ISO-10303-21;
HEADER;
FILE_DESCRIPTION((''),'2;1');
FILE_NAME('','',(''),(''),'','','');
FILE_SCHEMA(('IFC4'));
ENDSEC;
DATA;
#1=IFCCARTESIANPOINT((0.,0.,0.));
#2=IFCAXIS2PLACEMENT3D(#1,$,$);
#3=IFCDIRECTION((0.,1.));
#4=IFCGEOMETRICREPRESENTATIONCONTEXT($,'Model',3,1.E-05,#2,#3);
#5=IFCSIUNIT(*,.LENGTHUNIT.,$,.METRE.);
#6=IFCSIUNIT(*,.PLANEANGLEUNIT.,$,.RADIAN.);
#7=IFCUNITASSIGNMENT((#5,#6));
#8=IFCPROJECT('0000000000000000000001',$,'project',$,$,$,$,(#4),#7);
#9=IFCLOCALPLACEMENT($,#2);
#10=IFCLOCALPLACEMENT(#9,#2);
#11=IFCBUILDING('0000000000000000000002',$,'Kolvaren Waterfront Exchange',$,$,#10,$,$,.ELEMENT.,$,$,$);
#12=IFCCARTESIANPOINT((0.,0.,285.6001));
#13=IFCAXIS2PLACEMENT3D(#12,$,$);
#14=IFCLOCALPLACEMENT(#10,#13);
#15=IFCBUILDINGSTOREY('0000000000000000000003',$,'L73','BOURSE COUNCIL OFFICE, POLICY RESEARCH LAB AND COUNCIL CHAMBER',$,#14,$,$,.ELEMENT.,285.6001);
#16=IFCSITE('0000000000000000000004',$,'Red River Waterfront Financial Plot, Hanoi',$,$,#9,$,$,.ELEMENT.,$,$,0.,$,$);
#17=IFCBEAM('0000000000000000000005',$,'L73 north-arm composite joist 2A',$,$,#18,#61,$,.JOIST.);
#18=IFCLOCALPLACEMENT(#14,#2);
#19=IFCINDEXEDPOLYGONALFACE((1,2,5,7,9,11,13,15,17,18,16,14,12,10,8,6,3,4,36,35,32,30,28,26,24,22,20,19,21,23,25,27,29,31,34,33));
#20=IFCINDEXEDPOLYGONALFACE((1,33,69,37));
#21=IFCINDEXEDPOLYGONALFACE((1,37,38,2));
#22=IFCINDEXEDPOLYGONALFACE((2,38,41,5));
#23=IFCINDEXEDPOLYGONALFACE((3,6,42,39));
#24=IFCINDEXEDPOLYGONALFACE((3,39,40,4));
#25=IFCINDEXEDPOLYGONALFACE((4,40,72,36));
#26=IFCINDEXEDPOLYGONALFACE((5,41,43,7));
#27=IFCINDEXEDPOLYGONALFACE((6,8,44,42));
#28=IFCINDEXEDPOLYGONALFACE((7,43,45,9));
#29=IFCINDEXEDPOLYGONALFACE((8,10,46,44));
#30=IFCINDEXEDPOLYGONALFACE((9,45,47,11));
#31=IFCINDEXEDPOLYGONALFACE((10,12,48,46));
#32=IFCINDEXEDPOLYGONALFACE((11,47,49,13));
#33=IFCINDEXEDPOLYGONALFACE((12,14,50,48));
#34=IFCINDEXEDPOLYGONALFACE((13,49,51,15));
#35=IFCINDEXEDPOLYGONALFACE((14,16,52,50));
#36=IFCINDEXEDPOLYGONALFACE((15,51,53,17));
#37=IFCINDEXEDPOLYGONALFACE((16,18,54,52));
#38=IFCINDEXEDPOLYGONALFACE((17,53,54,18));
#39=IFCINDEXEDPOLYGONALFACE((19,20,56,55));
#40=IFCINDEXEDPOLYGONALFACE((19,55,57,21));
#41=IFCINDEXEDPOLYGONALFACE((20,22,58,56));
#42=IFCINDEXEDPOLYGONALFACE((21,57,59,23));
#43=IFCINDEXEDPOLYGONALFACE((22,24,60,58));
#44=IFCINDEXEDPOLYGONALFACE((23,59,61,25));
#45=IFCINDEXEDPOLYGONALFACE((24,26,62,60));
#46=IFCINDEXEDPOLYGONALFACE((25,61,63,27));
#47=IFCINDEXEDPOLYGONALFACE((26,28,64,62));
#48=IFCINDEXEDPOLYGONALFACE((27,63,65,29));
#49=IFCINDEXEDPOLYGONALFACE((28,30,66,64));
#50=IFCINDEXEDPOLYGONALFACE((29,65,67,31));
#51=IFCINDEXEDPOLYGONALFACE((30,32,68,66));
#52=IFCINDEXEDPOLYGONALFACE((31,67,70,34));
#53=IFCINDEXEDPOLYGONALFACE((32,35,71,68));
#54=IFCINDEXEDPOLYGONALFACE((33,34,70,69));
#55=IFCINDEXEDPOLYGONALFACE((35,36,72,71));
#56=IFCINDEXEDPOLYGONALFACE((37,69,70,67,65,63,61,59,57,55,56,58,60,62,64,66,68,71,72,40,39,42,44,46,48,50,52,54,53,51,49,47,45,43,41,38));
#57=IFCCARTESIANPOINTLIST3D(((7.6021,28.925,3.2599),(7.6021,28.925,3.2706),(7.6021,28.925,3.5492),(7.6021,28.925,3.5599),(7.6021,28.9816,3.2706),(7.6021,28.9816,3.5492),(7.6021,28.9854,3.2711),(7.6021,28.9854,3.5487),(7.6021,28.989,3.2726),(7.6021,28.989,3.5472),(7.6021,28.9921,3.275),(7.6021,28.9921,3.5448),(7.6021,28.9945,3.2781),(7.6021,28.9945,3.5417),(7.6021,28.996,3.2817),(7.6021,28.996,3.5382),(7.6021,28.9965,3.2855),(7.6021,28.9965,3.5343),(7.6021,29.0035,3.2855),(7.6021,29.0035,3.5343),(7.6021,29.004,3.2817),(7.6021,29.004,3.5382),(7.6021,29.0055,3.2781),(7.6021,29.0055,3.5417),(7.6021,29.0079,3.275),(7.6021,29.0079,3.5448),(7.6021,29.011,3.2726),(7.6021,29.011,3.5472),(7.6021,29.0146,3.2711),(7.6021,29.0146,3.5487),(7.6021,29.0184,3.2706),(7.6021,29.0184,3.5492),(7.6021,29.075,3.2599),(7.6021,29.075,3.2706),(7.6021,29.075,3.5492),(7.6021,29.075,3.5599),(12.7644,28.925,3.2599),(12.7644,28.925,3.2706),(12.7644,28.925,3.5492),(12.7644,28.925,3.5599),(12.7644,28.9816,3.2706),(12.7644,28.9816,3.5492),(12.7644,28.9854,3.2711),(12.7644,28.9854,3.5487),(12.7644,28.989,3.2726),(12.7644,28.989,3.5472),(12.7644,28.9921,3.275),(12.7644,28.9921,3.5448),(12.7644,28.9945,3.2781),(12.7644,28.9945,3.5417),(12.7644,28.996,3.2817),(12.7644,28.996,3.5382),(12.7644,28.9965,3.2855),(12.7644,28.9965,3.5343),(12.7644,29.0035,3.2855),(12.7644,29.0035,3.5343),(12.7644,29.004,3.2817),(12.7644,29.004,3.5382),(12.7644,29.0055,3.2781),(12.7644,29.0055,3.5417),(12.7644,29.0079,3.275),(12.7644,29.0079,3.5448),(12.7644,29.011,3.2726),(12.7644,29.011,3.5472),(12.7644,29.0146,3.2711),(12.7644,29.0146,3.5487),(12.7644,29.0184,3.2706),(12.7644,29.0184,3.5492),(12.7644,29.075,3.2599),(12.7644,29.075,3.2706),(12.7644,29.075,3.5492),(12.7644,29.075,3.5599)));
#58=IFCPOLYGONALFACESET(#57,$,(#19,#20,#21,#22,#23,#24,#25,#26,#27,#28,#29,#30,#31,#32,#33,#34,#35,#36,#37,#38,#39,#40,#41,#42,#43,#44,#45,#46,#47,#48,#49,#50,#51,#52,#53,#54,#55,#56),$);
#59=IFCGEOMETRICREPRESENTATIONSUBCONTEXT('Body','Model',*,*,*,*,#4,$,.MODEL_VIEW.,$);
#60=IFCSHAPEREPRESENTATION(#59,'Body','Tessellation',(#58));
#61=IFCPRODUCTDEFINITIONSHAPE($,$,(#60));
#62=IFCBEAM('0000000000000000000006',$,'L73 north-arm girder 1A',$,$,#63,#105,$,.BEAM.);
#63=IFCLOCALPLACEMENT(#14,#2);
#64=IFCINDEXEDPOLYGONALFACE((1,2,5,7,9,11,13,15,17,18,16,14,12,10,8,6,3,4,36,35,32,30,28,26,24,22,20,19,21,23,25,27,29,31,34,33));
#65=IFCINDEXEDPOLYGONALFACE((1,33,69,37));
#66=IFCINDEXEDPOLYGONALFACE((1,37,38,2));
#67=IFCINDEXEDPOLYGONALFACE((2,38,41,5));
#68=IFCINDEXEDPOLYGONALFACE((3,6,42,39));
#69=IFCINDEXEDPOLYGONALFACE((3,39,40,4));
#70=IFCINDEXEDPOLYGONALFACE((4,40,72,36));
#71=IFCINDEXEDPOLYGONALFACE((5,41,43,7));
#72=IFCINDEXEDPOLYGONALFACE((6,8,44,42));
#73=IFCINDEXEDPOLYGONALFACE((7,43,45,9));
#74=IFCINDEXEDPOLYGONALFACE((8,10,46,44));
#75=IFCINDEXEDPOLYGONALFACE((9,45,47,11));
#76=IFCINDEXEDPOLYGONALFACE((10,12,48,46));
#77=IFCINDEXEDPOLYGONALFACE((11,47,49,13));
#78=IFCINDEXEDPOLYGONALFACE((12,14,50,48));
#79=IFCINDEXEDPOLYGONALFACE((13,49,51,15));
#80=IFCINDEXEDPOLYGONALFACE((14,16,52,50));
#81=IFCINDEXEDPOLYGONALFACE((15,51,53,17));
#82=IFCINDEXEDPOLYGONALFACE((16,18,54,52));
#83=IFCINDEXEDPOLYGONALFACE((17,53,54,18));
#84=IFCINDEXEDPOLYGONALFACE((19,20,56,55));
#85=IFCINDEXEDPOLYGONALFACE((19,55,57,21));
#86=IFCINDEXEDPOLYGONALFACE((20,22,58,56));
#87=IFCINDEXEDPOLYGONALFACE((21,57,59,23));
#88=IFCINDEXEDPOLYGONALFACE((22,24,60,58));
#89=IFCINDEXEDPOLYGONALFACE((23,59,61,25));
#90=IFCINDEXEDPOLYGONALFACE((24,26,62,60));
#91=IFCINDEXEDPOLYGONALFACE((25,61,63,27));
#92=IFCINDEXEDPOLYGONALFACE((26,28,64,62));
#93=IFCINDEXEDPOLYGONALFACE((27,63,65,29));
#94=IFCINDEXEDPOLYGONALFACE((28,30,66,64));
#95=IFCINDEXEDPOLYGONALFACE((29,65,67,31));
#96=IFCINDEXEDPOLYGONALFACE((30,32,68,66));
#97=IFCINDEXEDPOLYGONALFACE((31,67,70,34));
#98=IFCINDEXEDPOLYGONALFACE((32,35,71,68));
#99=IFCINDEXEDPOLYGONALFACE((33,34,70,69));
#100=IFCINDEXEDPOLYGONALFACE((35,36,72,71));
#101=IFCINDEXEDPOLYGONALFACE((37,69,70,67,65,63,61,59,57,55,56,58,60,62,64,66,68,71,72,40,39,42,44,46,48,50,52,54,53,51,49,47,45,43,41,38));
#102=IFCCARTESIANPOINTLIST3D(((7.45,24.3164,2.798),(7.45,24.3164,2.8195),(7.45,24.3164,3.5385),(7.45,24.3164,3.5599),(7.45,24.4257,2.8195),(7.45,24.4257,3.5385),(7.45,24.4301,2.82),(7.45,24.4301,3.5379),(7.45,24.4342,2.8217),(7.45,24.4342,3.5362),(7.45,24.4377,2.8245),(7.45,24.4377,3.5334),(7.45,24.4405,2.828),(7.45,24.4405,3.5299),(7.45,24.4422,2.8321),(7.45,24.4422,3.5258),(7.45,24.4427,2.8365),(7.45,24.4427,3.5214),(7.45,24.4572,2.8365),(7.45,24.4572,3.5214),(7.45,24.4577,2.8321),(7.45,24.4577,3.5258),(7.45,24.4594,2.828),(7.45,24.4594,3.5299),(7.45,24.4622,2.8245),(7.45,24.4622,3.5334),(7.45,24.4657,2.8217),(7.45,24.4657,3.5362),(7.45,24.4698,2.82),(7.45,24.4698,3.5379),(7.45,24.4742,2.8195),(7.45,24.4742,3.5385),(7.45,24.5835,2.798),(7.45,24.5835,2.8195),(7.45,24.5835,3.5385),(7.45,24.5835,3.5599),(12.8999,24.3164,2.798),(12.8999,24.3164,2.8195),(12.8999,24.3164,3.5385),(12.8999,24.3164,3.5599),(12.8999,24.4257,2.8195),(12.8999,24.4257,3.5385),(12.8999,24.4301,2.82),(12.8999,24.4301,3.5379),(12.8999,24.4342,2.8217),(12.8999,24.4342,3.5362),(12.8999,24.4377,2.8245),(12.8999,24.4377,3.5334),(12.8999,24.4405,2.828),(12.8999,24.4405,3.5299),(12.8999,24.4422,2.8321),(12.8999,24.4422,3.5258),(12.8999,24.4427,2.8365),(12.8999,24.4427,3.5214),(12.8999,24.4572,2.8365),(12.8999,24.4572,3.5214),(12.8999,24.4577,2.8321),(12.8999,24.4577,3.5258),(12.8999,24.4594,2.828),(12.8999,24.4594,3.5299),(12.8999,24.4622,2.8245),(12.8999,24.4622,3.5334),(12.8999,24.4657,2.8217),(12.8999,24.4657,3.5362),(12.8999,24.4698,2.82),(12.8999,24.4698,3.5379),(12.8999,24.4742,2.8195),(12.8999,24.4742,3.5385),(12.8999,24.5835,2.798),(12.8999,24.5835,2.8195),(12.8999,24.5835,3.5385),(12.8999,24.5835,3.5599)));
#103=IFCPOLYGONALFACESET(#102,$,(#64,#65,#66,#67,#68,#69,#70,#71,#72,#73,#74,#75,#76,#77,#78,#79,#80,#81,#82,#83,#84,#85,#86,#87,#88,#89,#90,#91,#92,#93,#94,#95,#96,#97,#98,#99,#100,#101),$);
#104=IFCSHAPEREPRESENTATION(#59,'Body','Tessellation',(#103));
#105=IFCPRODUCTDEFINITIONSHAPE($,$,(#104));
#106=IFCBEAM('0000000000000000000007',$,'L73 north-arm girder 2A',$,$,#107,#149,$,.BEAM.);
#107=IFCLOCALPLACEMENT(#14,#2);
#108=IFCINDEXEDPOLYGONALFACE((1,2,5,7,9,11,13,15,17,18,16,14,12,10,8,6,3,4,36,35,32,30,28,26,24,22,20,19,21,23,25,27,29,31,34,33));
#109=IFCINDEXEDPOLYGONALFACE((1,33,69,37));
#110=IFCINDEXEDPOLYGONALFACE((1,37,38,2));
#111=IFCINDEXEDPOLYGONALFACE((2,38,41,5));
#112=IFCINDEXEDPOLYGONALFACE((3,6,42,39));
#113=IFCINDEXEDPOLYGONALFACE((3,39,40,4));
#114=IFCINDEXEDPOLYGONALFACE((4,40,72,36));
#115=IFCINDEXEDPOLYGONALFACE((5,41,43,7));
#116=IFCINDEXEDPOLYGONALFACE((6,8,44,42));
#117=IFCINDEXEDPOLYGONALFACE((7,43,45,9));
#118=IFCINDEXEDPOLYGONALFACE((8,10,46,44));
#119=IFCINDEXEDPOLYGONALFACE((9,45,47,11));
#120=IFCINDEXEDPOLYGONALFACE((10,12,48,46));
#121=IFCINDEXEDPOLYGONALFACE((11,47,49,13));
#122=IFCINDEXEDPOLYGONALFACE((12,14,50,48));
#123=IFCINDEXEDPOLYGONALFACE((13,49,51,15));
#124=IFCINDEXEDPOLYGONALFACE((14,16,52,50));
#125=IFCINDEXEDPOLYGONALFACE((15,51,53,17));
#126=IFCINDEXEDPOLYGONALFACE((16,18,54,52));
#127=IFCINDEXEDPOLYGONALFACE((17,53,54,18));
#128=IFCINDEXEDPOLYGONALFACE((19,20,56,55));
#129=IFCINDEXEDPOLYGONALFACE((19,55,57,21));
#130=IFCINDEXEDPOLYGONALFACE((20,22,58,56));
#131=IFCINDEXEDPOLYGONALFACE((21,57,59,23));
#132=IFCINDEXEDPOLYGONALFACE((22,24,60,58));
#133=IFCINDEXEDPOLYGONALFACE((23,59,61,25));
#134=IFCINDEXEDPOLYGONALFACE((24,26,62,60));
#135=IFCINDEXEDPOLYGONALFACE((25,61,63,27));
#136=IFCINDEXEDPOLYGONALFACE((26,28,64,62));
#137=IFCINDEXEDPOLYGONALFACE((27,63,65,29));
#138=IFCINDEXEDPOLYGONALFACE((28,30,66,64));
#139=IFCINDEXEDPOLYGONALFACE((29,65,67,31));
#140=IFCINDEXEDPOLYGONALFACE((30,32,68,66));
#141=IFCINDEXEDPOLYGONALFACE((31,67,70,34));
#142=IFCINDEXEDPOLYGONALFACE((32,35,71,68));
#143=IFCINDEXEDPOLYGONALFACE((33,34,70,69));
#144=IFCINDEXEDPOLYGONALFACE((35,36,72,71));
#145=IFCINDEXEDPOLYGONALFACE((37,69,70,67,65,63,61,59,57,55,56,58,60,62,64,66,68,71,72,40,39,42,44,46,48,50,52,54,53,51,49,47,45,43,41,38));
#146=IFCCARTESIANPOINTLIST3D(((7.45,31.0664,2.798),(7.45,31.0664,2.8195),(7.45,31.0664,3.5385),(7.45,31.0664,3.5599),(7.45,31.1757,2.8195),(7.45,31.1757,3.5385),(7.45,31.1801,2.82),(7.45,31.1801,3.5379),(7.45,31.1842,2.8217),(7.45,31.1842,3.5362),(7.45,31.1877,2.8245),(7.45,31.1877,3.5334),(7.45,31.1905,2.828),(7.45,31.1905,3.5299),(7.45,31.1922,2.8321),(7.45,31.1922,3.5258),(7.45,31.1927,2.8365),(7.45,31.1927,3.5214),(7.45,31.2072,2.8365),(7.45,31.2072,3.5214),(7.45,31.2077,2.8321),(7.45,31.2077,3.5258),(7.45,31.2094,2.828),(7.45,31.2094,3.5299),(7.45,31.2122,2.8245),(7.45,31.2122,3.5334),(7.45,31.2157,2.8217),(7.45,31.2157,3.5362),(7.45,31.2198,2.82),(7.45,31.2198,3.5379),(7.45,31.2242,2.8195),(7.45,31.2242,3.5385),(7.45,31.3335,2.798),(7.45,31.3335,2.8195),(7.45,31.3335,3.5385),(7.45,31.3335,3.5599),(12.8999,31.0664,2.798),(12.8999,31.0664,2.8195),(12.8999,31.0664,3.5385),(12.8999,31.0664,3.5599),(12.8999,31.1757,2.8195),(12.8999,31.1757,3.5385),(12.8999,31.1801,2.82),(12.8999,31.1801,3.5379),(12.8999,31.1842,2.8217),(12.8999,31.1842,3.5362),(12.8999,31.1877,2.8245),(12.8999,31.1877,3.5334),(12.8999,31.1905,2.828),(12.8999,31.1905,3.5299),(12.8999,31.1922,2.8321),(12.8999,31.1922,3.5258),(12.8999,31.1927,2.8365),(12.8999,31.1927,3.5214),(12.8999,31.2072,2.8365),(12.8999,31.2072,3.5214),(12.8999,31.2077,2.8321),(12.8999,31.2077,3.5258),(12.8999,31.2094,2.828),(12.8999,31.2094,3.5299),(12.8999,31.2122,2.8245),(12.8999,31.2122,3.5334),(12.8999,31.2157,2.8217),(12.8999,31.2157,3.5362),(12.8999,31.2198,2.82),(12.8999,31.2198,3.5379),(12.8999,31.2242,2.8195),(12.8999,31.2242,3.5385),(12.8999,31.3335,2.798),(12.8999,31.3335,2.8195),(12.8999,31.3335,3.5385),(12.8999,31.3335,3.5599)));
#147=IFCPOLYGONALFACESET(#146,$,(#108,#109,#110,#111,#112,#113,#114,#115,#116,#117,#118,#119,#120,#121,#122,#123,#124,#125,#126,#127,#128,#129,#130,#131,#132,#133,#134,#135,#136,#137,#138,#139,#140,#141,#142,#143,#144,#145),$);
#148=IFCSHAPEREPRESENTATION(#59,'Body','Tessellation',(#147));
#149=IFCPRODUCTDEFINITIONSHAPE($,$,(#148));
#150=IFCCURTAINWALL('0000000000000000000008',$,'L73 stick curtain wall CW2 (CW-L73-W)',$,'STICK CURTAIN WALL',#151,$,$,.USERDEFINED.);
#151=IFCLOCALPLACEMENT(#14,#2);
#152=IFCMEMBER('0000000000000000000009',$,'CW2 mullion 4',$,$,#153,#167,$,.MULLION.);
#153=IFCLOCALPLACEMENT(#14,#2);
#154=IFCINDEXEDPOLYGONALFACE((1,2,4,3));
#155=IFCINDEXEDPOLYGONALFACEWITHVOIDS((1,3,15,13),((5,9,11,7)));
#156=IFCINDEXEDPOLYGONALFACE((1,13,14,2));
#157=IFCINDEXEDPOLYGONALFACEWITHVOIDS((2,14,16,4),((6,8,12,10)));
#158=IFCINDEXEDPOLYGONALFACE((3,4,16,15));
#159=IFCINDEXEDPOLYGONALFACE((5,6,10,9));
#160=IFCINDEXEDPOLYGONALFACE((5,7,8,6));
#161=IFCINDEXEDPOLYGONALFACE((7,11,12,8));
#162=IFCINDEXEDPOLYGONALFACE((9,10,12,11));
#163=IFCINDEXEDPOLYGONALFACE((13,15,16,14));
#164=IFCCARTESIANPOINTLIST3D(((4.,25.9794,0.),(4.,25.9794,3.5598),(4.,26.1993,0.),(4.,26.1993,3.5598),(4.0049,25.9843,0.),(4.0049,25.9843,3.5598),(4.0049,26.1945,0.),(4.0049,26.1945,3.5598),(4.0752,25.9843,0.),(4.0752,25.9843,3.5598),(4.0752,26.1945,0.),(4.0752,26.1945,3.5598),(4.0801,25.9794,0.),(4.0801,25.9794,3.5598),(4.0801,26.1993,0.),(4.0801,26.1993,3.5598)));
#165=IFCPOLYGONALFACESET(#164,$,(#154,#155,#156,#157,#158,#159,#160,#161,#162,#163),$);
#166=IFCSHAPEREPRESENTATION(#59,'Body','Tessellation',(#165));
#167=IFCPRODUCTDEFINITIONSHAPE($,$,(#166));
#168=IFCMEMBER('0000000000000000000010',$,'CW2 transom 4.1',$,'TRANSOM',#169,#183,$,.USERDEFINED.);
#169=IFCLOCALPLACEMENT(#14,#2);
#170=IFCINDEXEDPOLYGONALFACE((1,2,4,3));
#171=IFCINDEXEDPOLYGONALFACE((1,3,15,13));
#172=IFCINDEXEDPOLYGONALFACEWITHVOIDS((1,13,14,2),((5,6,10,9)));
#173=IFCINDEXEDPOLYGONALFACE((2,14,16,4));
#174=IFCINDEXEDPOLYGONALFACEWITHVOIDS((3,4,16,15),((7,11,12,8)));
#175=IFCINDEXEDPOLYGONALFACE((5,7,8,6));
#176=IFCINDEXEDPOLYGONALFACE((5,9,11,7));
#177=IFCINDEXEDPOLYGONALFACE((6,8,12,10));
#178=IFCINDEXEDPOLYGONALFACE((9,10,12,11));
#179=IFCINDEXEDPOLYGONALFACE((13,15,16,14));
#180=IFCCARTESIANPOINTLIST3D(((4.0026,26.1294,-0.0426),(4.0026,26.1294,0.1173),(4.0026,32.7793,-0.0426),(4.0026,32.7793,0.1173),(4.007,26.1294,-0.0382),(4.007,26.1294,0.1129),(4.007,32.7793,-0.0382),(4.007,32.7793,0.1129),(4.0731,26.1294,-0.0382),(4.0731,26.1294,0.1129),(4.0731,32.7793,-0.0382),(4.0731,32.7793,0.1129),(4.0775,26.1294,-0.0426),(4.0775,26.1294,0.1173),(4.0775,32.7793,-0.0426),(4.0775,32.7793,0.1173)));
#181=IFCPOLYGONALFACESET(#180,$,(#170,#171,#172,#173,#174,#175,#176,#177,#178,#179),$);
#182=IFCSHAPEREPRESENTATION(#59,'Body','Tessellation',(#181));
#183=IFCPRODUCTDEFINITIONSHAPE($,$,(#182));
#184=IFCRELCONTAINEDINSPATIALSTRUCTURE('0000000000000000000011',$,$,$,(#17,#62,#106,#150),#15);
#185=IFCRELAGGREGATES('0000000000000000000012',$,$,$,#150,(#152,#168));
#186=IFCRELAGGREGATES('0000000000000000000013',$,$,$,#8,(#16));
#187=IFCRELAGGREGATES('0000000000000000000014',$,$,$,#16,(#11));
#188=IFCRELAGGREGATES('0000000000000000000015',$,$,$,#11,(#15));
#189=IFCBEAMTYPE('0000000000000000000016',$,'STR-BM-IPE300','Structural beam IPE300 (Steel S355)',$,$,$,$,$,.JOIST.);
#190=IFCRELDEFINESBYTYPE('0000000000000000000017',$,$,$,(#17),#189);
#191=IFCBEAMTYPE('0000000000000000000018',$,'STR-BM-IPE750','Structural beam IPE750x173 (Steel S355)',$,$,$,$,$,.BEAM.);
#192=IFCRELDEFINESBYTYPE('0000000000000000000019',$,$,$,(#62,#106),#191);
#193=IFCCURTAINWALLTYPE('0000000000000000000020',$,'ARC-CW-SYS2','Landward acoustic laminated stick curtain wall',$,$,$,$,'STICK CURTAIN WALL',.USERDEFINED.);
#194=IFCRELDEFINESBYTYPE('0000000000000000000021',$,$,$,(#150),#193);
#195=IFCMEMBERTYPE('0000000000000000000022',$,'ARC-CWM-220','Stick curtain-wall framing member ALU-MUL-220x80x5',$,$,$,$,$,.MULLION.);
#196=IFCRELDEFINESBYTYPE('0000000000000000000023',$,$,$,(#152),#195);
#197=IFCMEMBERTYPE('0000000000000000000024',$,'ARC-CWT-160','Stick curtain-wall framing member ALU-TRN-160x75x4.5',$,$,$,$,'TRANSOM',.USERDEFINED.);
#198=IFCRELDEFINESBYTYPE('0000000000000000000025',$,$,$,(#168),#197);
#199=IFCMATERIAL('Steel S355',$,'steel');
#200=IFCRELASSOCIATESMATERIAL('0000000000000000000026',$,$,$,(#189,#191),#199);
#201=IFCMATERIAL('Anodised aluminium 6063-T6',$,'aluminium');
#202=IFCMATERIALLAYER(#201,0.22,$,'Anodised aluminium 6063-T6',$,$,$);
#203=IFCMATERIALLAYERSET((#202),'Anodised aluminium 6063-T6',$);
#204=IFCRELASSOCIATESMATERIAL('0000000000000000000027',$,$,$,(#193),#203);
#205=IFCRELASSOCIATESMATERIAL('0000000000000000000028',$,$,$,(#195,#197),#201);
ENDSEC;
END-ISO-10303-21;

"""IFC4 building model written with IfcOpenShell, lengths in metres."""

from ifc_helpers import new_model, si_unit, direction, frame, origin, origin_with_axes, origin_2d, place, context, subcontext, project, spatial, hollow_rectangle, i_section, extrude, source, transform, mapped, material, layer, layer_set, material_profile, profile_set, type_object, element, aggregate, save


model = new_model("IFC4")

# Units and contexts
model_context = context("Model", 3, precision=1e-05, world=origin(), true_north=direction((0.0, 1.0)))
body_context = subcontext(model_context, "Body", "Model", "MODEL_VIEW")
ifc_project = project(units=[si_unit("LENGTHUNIT", "METRE"), si_unit("PLANEANGLEUNIT", "RADIAN")], contexts=[model_context])

# Site, building, storey
site_placement = place(None, origin())
site = spatial("IfcSite", under=ifc_project, at=site_placement, Name="Red River Waterfront Financial Plot, Hanoi", CompositionType="ELEMENT", RefElevation=0.0)
building_placement = place(site_placement, origin())
building = spatial("IfcBuilding", under=site, at=building_placement, Name="Kolvaren Waterfront Exchange", CompositionType="ELEMENT")
storey_placement = place(building_placement, frame((0.0, 0.0, 285.6001)))
storey = spatial("IfcBuildingStorey", under=building, at=storey_placement, Name="L73", Description="BOURSE COUNCIL OFFICE, POLICY RESEARCH LAB AND COUNCIL CHAMBER", CompositionType="ELEMENT", Elevation=285.6001)

# Beams
ifc_material_1 = material(Name="Steel S355", Category="steel")
ifc_material_profile_1 = material_profile(ifc_material_1, i_section(OverallWidth=0.1499, OverallDepth=0.3, WebThickness=0.0071, FlangeThickness=0.0107, FilletRadius=0.0149, at=origin_2d()), Name="IPE300")
ifc_profile_set_1 = profile_set([ifc_material_profile_1], Name="Steel S355")
beam_type_1 = type_object("IfcBeamType", Name="STR-BM-IPE300", Description="Structural beam IPE300 (Steel S355)", PredefinedType="JOIST", material=ifc_profile_set_1)
for number, where, z_axis, x_axis, name in (
    (1, (7.6021, 29.0, 3.4099), (1.0, 0.0, 0.0), (0.0, 1.0, 0.0), "L73 north-arm composite joist 2A"),
):
    element("IfcBeam", number, at=place(storey_placement, frame(where, z_axis=z_axis, x_axis=x_axis)), inside=storey, type_object=beam_type_1, Name=name, PredefinedType="JOIST", context=body_context, shape_type="SweptSolid", body=[
        extrude(i_section(OverallWidth=0.1499, OverallDepth=0.3, WebThickness=0.0071, FlangeThickness=0.0107, FilletRadius=0.0149, at=origin_2d()), origin(), (0.0, 0.0, 1.0), 5.1624),
    ])
ifc_material_profile_2 = material_profile(ifc_material_1, i_section(OverallWidth=0.2671, OverallDepth=0.762, WebThickness=0.0144, FlangeThickness=0.0215, FilletRadius=0.0171, at=origin_2d()), Name="IPE750x173")
ifc_profile_set_2 = profile_set([ifc_material_profile_2], Name="Steel S355")
beam_type_2 = type_object("IfcBeamType", Name="STR-BM-IPE750", Description="Structural beam IPE750x173 (Steel S355)", PredefinedType="BEAM", material=ifc_profile_set_2)
for number, where, z_axis, x_axis, name in (
    (2, (7.45, 24.45, 3.179), (1.0, 0.0, 0.0), (0.0, 1.0, 0.0), "L73 north-arm girder 1A"),
    (3, (7.45, 31.2, 3.179), (1.0, 0.0, 0.0), (0.0, 1.0, 0.0), "L73 north-arm girder 2A"),
):
    element("IfcBeam", number, at=place(storey_placement, frame(where, z_axis=z_axis, x_axis=x_axis)), inside=storey, type_object=beam_type_2, Name=name, PredefinedType="BEAM", context=body_context, shape_type="SweptSolid", body=[
        extrude(i_section(OverallWidth=0.2671, OverallDepth=0.762, WebThickness=0.0144, FlangeThickness=0.0215, FilletRadius=0.0171, at=origin_2d()), origin(), (0.0, 0.0, 1.0), 5.45),
    ])

# Curtain wall, members
ifc_material_2 = material(Name="Anodised aluminium 6063-T6", Category="aluminium")
ifc_layer_1 = layer(ifc_material_2, 0.22, Name="Anodised aluminium 6063-T6")
ifc_layer_set_1 = layer_set([ifc_layer_1], Name="Anodised aluminium 6063-T6")
curtain_wall_type = type_object("IfcCurtainWallType", Name="ARC-CW-SYS2", Description="Landward acoustic laminated stick curtain wall", ElementType="STICK CURTAIN WALL", PredefinedType="USERDEFINED", material=ifc_layer_set_1)
curtain_wall_placement = place(storey_placement, origin())
curtain_wall = element("IfcCurtainWall", 4, at=curtain_wall_placement, inside=storey, type_object=curtain_wall_type, Name="L73 stick curtain wall CW2 (CW-L73-W)", ObjectType="STICK CURTAIN WALL", PredefinedType="USERDEFINED")
ifc_material_profile_3 = material_profile(ifc_material_2, hollow_rectangle(XDim=0.0801, YDim=0.22, WallThickness=0.0049, at=origin_2d()), Name="ALU-MUL-220x80x5")
ifc_profile_set_3 = profile_set([ifc_material_profile_3], Name="Anodised aluminium 6063-T6")
member_type_1 = type_object("IfcMemberType", Name="ARC-CWM-220", Description="Stick curtain-wall framing member ALU-MUL-220x80x5", PredefinedType="MULLION", material=ifc_profile_set_3)
shared_shape_1 = source(origin_with_axes(), body_context, "Body", "SweptSolid", [
    extrude(hollow_rectangle(XDim=0.0801, YDim=0.22, WallThickness=0.0049, at=origin_2d()), origin(), (0.0, 0.0, 1.0), 3.5598),
])
member_1_placement = place(storey_placement, frame((4.04, 26.0894, 0.0), z_axis=(0.0, 0.0, 1.0), x_axis=(-1.0, 0.0, 0.0)))
member_1 = element("IfcMember", 5, at=member_1_placement, type_object=member_type_1, Name="CW2 mullion 4", PredefinedType="MULLION", context=body_context, shape_type="MappedRepresentation", body=[
    mapped(shared_shape_1, transform((0.0, 0.0, 0.0), x_axis=(1.0, 0.0, 0.0), y_axis=(0.0, 1.0, 0.0), z_axis=(0.0, 0.0, 1.0), scale=1.0)),
])
ifc_material_profile_4 = material_profile(ifc_material_2, hollow_rectangle(XDim=0.075, YDim=0.1599, WallThickness=0.0044, at=origin_2d()), Name="ALU-TRN-160x75x4.5")
ifc_profile_set_4 = profile_set([ifc_material_profile_4], Name="Anodised aluminium 6063-T6")
member_type_2 = type_object("IfcMemberType", Name="ARC-CWT-160", Description="Stick curtain-wall framing member ALU-TRN-160x75x4.5", ElementType="TRANSOM", PredefinedType="USERDEFINED", material=ifc_profile_set_4)
shared_shape_2 = source(origin_with_axes(), body_context, "Body", "SweptSolid", [
    extrude(hollow_rectangle(XDim=0.075, YDim=0.1599, WallThickness=0.0044, at=origin_2d()), origin(), (0.0, 0.0, 1.0), 6.6499),
])
member_2_placement = place(storey_placement, frame((4.04, 26.1294, 0.0374), z_axis=(0.0, 1.0, 0.0), x_axis=(-1.0, 0.0, 0.0)))
member_2 = element("IfcMember", 6, at=member_2_placement, type_object=member_type_2, Name="CW2 transom 4.1", ObjectType="TRANSOM", PredefinedType="USERDEFINED", context=body_context, shape_type="MappedRepresentation", body=[
    mapped(shared_shape_2, transform((0.0, 0.0, 0.0), x_axis=(1.0, 0.0, 0.0), y_axis=(0.0, 1.0, 0.0), z_axis=(0.0, 0.0, 1.0), scale=1.0)),
])
aggregate(curtain_wall, [member_1, member_2])

save(model, "model.ifc")
